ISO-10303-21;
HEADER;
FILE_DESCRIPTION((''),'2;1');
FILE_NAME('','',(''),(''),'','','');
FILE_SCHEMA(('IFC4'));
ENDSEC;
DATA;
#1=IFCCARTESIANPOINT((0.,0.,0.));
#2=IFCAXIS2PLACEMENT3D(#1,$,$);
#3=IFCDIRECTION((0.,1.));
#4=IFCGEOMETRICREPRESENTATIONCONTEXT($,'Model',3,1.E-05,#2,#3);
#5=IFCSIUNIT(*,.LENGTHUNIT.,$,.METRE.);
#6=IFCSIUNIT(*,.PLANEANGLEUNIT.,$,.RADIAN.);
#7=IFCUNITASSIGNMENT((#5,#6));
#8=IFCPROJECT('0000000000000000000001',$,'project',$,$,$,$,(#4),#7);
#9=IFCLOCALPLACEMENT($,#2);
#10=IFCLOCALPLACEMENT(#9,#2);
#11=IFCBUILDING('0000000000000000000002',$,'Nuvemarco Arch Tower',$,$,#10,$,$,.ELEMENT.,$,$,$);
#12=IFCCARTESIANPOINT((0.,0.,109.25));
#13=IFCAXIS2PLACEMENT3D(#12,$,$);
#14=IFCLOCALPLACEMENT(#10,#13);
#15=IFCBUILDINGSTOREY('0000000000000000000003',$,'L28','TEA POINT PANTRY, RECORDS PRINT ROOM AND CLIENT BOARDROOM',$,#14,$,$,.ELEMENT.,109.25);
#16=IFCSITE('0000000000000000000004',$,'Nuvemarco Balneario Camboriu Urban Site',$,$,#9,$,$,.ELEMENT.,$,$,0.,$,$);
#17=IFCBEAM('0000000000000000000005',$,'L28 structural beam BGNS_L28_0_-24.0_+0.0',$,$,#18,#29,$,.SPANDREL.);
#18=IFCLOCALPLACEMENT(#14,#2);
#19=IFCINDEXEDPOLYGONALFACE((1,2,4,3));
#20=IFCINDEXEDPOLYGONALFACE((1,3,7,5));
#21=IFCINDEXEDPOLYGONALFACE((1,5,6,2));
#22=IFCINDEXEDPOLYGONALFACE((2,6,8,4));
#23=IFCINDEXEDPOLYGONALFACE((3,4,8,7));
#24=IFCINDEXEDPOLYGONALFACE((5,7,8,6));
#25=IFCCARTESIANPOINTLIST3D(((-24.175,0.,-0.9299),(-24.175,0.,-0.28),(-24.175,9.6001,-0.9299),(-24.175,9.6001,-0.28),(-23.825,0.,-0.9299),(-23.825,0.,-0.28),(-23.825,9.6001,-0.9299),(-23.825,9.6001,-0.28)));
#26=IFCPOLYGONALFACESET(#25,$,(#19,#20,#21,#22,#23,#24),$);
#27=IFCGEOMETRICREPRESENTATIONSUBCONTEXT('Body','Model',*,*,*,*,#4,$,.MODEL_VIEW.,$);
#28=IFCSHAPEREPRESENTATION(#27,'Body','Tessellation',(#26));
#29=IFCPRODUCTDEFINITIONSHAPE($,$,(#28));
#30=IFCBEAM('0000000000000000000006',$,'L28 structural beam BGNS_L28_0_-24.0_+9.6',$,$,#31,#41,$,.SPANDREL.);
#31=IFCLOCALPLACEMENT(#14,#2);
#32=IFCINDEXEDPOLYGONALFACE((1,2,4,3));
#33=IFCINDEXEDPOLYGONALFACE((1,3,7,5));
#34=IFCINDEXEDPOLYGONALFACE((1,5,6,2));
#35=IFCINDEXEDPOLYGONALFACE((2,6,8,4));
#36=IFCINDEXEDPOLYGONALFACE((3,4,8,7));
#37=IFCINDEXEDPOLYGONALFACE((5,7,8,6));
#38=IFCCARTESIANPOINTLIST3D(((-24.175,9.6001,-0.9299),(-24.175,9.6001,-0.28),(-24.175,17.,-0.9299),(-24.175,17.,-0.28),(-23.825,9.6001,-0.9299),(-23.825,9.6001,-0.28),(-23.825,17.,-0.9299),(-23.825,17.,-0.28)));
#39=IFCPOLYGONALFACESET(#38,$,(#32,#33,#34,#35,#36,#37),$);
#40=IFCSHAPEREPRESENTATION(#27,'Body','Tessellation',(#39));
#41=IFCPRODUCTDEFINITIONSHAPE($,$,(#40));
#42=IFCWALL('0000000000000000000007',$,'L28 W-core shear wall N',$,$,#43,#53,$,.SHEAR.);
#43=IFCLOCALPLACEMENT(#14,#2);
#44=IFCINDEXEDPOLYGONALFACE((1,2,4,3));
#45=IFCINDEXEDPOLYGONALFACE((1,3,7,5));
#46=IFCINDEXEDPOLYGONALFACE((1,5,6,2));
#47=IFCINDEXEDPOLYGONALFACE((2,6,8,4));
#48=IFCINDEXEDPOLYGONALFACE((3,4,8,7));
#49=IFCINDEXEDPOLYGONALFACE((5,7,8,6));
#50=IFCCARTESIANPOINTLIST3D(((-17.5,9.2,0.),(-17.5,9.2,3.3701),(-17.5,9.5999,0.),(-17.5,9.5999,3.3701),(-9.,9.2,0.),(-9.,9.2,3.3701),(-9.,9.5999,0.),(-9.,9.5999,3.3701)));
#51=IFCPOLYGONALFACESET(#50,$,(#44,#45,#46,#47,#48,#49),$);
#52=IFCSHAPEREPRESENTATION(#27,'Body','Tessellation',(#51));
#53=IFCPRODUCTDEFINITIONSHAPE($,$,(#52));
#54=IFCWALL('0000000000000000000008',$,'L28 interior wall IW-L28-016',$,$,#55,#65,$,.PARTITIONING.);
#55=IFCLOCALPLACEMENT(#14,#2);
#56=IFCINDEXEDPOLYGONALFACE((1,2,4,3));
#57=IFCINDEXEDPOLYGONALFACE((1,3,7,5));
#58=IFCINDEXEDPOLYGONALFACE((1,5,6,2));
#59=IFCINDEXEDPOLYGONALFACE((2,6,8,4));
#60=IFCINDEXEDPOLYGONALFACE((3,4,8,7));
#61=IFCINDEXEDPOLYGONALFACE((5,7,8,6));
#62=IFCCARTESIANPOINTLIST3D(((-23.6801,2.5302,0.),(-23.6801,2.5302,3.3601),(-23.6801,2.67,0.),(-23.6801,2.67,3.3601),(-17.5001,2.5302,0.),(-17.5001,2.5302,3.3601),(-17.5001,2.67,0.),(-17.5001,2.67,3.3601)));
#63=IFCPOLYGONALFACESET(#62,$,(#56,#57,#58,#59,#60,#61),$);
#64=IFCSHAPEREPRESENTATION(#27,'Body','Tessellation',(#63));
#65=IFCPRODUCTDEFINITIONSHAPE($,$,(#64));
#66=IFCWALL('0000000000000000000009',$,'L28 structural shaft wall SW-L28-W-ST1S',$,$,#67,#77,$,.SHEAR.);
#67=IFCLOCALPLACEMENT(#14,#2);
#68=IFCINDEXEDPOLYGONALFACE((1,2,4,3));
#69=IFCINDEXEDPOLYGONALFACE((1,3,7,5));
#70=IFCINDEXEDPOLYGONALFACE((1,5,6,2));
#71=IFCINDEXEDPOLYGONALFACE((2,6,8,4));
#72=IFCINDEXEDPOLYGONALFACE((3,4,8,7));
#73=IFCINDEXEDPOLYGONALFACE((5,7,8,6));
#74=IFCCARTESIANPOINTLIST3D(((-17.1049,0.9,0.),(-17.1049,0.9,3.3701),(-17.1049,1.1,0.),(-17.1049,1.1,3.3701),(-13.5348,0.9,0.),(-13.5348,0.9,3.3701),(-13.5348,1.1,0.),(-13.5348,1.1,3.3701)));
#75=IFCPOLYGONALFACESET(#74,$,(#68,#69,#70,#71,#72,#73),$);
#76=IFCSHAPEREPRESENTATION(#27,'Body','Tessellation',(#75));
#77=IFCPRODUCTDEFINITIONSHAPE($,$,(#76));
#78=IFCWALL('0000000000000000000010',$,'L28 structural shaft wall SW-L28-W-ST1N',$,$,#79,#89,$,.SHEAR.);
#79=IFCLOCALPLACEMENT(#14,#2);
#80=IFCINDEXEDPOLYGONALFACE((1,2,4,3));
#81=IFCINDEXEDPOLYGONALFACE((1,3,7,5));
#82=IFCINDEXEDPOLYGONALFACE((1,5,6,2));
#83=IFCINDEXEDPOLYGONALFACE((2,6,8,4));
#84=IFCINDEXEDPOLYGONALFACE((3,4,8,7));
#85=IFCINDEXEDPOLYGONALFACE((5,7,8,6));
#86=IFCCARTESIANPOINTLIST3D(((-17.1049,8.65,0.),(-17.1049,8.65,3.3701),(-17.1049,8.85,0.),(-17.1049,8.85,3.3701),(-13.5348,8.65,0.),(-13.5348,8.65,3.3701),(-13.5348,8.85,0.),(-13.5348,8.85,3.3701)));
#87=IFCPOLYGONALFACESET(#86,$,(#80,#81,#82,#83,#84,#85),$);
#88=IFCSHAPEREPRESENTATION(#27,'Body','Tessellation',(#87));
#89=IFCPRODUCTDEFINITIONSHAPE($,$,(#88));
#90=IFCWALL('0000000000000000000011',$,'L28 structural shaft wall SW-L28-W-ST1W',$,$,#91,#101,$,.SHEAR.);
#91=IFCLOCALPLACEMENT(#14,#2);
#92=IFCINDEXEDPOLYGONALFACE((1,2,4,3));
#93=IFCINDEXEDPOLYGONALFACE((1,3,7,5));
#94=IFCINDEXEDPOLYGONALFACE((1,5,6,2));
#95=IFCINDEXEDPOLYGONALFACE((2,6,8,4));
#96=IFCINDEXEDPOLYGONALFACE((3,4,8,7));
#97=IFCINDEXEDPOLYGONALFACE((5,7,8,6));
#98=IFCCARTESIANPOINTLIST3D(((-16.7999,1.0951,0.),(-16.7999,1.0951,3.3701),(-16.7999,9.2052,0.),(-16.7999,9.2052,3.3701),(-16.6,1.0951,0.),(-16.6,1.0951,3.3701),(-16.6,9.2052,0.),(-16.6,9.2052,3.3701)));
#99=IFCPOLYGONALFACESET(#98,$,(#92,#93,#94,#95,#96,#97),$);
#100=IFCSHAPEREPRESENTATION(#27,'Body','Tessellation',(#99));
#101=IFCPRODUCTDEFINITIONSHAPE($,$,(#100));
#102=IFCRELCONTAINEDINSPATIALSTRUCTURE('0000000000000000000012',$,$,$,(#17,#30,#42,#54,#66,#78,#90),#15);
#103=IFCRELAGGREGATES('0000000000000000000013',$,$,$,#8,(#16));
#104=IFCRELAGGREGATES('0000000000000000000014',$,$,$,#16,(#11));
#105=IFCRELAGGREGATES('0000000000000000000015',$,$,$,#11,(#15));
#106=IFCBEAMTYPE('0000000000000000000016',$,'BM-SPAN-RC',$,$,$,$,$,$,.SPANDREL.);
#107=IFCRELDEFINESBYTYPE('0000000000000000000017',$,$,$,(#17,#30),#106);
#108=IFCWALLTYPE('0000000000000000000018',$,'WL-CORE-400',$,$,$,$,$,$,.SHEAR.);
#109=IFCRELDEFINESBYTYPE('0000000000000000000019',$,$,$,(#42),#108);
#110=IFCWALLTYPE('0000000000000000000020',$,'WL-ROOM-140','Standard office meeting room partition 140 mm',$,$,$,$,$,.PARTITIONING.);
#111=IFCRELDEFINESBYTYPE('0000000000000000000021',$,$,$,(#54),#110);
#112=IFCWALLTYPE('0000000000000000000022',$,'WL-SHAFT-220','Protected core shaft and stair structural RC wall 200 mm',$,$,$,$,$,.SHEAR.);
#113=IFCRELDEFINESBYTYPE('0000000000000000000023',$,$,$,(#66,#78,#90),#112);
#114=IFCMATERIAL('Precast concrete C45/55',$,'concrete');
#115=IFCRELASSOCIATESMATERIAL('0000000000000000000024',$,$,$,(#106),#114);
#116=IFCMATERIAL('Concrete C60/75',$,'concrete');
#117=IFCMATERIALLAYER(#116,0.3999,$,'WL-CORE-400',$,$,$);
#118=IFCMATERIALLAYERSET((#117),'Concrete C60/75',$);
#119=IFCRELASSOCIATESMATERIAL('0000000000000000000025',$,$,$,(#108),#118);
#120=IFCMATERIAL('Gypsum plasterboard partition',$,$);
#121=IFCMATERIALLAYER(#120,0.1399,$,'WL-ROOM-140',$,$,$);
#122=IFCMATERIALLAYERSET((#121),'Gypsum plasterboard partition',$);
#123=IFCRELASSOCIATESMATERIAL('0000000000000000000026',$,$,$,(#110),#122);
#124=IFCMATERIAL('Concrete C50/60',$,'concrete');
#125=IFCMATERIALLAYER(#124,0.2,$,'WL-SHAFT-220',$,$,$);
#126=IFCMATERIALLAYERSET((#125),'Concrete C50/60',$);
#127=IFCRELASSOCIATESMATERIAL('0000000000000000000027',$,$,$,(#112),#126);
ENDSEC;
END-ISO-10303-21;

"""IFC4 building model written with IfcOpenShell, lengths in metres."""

from ifc_helpers import new_model, si_unit, direction, frame, frame_2d, origin, origin_2d, place, context, subcontext, project, spatial, rectangle, extrude, material, layer, layer_set, material_profile, profile_set, type_object, element, save


model = new_model("IFC4")

# Units and contexts
model_context = context("Model", 3, precision=1e-05, world=origin(), true_north=direction((0.0, 1.0)))
body_context = subcontext(model_context, "Body", "Model", "MODEL_VIEW")
ifc_project = project(units=[si_unit("LENGTHUNIT", "METRE"), si_unit("PLANEANGLEUNIT", "RADIAN")], contexts=[model_context])

# Site, building, storey
site_placement = place(None, origin())
site = spatial("IfcSite", under=ifc_project, at=site_placement, Name="Nuvemarco Balneario Camboriu Urban Site", CompositionType="ELEMENT", RefElevation=0.0)
building_placement = place(site_placement, origin())
building = spatial("IfcBuilding", under=site, at=building_placement, Name="Nuvemarco Arch Tower", CompositionType="ELEMENT")
storey_placement = place(building_placement, frame((0.0, 0.0, 109.25)))
storey = spatial("IfcBuildingStorey", under=building, at=storey_placement, Name="L28", Description="TEA POINT PANTRY, RECORDS PRINT ROOM AND CLIENT BOARDROOM", CompositionType="ELEMENT", Elevation=109.25)

# Shared definitions
ifc_material_1 = material(Name="Concrete C60/75", Category="concrete")

# Beams
ifc_material_2 = material(Name="Precast concrete C45/55", Category="concrete")
ifc_material_profile_1 = material_profile(ifc_material_2, rectangle(XDim=0.3501, YDim=0.6499, at=origin_2d()), Name="PC-SP-350x650")
ifc_profile_set_1 = profile_set([ifc_material_profile_1], Name="Precast concrete C45/55")
beam_type_1 = type_object("IfcBeamType", Name="BM-SPAN-RC", PredefinedType="SPANDREL", material=ifc_profile_set_1)
beam_1_placement = place(storey_placement, frame((-24.0, 0.0, -0.605), z_axis=(0.0, 1.0, 0.0), x_axis=(-1.0, 0.0, 0.0)))
element("IfcBeam", 1, at=beam_1_placement, inside=storey, type_object=beam_type_1, Name="L28 structural beam BGNS_L28_0_-24.0_+0.0", PredefinedType="SPANDREL", context=body_context, shape_type="SweptSolid", body=[
    extrude(rectangle(XDim=0.3501, YDim=0.6499, at=origin_2d()), origin(), (0.0, 0.0, 1.0), 9.6001),
])
beam_2_placement = place(storey_placement, frame((-24.0, 9.6001, -0.605), z_axis=(0.0, 1.0, 0.0), x_axis=(-1.0, 0.0, 0.0)))
element("IfcBeam", 2, at=beam_2_placement, inside=storey, type_object=beam_type_1, Name="L28 structural beam BGNS_L28_0_-24.0_+9.6", PredefinedType="SPANDREL", context=body_context, shape_type="SweptSolid", body=[
    extrude(rectangle(XDim=0.3501, YDim=0.6499, at=origin_2d()), origin(), (0.0, 0.0, 1.0), 7.3999),
])

# Walls
ifc_layer_1 = layer(ifc_material_1, 0.3999, Name="WL-CORE-400")
ifc_layer_set_1 = layer_set([ifc_layer_1], Name="Concrete C60/75")
wall_type_1 = type_object("IfcWallType", Name="WL-CORE-400", PredefinedType="SHEAR", material=ifc_layer_set_1)
wall_1_placement = place(storey_placement, frame((-17.5, 9.3999, 0.0), z_axis=(0.0, 0.0, 1.0), x_axis=(1.0, 0.0, 0.0)))
element("IfcWall", 3, at=wall_1_placement, inside=storey, type_object=wall_type_1, Name="L28 W-core shear wall N", PredefinedType="SHEAR", context=body_context, shape_type="SweptSolid", body=[
    extrude(rectangle(XDim=8.5, YDim=0.3999, at=frame_2d((4.25, 0.0))), origin(), (0.0, 0.0, 1.0), 3.3701),
])
ifc_material_3 = material(Name="Gypsum plasterboard partition")
ifc_layer_2 = layer(ifc_material_3, 0.1399, Name="WL-ROOM-140")
ifc_layer_set_2 = layer_set([ifc_layer_2], Name="Gypsum plasterboard partition")
wall_type_2 = type_object("IfcWallType", Name="WL-ROOM-140", Description="Standard office meeting room partition 140 mm", PredefinedType="PARTITIONING", material=ifc_layer_set_2)
wall_2_placement = place(storey_placement, frame((-23.6799, 2.6001, 0.0), z_axis=(0.0, 0.0, 1.0), x_axis=(1.0, 0.0, 0.0)))
element("IfcWall", 4, at=wall_2_placement, inside=storey, type_object=wall_type_2, Name="L28 interior wall IW-L28-016", PredefinedType="PARTITIONING", context=body_context, shape_type="SweptSolid", body=[
    extrude(rectangle(XDim=6.1799, YDim=0.1399, at=frame_2d((3.0898, 0.0))), origin(), (0.0, 0.0, 1.0), 3.3601),
])
ifc_material_4 = material(Name="Concrete C50/60", Category="concrete")
ifc_layer_3 = layer(ifc_material_4, 0.2, Name="WL-SHAFT-220")
ifc_layer_set_3 = layer_set([ifc_layer_3], Name="Concrete C50/60")
wall_type_3 = type_object("IfcWallType", Name="WL-SHAFT-220", Description="Protected core shaft and stair structural RC wall 200 mm", PredefinedType="SHEAR", material=ifc_layer_set_3)
for number, where, z_axis, x_axis, name in (
    (5, (-17.105, 1.0, 0.0), (0.0, 0.0, 1.0), (1.0, 0.0, 0.0), "L28 structural shaft wall SW-L28-W-ST1S"),
    (6, (-17.105, 8.75, 0.0), (0.0, 0.0, 1.0), (1.0, 0.0, 0.0), "L28 structural shaft wall SW-L28-W-ST1N"),
):
    element("IfcWall", number, at=place(storey_placement, frame(where, z_axis=z_axis, x_axis=x_axis)), inside=storey, type_object=wall_type_3, Name=name, PredefinedType="SHEAR", context=body_context, shape_type="SweptSolid", body=[
        extrude(rectangle(XDim=3.5701, YDim=0.2, at=frame_2d((1.7852, 0.0))), origin(), (0.0, 0.0, 1.0), 3.3701),
    ])
wall_3_placement = place(storey_placement, frame((-16.7, 1.095, 0.0), z_axis=(0.0, 0.0, 1.0), x_axis=(0.0, 1.0, 0.0)))
element("IfcWall", 7, at=wall_3_placement, inside=storey, type_object=wall_type_3, Name="L28 structural shaft wall SW-L28-W-ST1W", PredefinedType="SHEAR", context=body_context, shape_type="SweptSolid", body=[
    extrude(rectangle(XDim=8.1101, YDim=0.2, at=frame_2d((4.0552, 0.0))), origin(), (0.0, 0.0, 1.0), 3.3701),
])

save(model, "model.ifc")
